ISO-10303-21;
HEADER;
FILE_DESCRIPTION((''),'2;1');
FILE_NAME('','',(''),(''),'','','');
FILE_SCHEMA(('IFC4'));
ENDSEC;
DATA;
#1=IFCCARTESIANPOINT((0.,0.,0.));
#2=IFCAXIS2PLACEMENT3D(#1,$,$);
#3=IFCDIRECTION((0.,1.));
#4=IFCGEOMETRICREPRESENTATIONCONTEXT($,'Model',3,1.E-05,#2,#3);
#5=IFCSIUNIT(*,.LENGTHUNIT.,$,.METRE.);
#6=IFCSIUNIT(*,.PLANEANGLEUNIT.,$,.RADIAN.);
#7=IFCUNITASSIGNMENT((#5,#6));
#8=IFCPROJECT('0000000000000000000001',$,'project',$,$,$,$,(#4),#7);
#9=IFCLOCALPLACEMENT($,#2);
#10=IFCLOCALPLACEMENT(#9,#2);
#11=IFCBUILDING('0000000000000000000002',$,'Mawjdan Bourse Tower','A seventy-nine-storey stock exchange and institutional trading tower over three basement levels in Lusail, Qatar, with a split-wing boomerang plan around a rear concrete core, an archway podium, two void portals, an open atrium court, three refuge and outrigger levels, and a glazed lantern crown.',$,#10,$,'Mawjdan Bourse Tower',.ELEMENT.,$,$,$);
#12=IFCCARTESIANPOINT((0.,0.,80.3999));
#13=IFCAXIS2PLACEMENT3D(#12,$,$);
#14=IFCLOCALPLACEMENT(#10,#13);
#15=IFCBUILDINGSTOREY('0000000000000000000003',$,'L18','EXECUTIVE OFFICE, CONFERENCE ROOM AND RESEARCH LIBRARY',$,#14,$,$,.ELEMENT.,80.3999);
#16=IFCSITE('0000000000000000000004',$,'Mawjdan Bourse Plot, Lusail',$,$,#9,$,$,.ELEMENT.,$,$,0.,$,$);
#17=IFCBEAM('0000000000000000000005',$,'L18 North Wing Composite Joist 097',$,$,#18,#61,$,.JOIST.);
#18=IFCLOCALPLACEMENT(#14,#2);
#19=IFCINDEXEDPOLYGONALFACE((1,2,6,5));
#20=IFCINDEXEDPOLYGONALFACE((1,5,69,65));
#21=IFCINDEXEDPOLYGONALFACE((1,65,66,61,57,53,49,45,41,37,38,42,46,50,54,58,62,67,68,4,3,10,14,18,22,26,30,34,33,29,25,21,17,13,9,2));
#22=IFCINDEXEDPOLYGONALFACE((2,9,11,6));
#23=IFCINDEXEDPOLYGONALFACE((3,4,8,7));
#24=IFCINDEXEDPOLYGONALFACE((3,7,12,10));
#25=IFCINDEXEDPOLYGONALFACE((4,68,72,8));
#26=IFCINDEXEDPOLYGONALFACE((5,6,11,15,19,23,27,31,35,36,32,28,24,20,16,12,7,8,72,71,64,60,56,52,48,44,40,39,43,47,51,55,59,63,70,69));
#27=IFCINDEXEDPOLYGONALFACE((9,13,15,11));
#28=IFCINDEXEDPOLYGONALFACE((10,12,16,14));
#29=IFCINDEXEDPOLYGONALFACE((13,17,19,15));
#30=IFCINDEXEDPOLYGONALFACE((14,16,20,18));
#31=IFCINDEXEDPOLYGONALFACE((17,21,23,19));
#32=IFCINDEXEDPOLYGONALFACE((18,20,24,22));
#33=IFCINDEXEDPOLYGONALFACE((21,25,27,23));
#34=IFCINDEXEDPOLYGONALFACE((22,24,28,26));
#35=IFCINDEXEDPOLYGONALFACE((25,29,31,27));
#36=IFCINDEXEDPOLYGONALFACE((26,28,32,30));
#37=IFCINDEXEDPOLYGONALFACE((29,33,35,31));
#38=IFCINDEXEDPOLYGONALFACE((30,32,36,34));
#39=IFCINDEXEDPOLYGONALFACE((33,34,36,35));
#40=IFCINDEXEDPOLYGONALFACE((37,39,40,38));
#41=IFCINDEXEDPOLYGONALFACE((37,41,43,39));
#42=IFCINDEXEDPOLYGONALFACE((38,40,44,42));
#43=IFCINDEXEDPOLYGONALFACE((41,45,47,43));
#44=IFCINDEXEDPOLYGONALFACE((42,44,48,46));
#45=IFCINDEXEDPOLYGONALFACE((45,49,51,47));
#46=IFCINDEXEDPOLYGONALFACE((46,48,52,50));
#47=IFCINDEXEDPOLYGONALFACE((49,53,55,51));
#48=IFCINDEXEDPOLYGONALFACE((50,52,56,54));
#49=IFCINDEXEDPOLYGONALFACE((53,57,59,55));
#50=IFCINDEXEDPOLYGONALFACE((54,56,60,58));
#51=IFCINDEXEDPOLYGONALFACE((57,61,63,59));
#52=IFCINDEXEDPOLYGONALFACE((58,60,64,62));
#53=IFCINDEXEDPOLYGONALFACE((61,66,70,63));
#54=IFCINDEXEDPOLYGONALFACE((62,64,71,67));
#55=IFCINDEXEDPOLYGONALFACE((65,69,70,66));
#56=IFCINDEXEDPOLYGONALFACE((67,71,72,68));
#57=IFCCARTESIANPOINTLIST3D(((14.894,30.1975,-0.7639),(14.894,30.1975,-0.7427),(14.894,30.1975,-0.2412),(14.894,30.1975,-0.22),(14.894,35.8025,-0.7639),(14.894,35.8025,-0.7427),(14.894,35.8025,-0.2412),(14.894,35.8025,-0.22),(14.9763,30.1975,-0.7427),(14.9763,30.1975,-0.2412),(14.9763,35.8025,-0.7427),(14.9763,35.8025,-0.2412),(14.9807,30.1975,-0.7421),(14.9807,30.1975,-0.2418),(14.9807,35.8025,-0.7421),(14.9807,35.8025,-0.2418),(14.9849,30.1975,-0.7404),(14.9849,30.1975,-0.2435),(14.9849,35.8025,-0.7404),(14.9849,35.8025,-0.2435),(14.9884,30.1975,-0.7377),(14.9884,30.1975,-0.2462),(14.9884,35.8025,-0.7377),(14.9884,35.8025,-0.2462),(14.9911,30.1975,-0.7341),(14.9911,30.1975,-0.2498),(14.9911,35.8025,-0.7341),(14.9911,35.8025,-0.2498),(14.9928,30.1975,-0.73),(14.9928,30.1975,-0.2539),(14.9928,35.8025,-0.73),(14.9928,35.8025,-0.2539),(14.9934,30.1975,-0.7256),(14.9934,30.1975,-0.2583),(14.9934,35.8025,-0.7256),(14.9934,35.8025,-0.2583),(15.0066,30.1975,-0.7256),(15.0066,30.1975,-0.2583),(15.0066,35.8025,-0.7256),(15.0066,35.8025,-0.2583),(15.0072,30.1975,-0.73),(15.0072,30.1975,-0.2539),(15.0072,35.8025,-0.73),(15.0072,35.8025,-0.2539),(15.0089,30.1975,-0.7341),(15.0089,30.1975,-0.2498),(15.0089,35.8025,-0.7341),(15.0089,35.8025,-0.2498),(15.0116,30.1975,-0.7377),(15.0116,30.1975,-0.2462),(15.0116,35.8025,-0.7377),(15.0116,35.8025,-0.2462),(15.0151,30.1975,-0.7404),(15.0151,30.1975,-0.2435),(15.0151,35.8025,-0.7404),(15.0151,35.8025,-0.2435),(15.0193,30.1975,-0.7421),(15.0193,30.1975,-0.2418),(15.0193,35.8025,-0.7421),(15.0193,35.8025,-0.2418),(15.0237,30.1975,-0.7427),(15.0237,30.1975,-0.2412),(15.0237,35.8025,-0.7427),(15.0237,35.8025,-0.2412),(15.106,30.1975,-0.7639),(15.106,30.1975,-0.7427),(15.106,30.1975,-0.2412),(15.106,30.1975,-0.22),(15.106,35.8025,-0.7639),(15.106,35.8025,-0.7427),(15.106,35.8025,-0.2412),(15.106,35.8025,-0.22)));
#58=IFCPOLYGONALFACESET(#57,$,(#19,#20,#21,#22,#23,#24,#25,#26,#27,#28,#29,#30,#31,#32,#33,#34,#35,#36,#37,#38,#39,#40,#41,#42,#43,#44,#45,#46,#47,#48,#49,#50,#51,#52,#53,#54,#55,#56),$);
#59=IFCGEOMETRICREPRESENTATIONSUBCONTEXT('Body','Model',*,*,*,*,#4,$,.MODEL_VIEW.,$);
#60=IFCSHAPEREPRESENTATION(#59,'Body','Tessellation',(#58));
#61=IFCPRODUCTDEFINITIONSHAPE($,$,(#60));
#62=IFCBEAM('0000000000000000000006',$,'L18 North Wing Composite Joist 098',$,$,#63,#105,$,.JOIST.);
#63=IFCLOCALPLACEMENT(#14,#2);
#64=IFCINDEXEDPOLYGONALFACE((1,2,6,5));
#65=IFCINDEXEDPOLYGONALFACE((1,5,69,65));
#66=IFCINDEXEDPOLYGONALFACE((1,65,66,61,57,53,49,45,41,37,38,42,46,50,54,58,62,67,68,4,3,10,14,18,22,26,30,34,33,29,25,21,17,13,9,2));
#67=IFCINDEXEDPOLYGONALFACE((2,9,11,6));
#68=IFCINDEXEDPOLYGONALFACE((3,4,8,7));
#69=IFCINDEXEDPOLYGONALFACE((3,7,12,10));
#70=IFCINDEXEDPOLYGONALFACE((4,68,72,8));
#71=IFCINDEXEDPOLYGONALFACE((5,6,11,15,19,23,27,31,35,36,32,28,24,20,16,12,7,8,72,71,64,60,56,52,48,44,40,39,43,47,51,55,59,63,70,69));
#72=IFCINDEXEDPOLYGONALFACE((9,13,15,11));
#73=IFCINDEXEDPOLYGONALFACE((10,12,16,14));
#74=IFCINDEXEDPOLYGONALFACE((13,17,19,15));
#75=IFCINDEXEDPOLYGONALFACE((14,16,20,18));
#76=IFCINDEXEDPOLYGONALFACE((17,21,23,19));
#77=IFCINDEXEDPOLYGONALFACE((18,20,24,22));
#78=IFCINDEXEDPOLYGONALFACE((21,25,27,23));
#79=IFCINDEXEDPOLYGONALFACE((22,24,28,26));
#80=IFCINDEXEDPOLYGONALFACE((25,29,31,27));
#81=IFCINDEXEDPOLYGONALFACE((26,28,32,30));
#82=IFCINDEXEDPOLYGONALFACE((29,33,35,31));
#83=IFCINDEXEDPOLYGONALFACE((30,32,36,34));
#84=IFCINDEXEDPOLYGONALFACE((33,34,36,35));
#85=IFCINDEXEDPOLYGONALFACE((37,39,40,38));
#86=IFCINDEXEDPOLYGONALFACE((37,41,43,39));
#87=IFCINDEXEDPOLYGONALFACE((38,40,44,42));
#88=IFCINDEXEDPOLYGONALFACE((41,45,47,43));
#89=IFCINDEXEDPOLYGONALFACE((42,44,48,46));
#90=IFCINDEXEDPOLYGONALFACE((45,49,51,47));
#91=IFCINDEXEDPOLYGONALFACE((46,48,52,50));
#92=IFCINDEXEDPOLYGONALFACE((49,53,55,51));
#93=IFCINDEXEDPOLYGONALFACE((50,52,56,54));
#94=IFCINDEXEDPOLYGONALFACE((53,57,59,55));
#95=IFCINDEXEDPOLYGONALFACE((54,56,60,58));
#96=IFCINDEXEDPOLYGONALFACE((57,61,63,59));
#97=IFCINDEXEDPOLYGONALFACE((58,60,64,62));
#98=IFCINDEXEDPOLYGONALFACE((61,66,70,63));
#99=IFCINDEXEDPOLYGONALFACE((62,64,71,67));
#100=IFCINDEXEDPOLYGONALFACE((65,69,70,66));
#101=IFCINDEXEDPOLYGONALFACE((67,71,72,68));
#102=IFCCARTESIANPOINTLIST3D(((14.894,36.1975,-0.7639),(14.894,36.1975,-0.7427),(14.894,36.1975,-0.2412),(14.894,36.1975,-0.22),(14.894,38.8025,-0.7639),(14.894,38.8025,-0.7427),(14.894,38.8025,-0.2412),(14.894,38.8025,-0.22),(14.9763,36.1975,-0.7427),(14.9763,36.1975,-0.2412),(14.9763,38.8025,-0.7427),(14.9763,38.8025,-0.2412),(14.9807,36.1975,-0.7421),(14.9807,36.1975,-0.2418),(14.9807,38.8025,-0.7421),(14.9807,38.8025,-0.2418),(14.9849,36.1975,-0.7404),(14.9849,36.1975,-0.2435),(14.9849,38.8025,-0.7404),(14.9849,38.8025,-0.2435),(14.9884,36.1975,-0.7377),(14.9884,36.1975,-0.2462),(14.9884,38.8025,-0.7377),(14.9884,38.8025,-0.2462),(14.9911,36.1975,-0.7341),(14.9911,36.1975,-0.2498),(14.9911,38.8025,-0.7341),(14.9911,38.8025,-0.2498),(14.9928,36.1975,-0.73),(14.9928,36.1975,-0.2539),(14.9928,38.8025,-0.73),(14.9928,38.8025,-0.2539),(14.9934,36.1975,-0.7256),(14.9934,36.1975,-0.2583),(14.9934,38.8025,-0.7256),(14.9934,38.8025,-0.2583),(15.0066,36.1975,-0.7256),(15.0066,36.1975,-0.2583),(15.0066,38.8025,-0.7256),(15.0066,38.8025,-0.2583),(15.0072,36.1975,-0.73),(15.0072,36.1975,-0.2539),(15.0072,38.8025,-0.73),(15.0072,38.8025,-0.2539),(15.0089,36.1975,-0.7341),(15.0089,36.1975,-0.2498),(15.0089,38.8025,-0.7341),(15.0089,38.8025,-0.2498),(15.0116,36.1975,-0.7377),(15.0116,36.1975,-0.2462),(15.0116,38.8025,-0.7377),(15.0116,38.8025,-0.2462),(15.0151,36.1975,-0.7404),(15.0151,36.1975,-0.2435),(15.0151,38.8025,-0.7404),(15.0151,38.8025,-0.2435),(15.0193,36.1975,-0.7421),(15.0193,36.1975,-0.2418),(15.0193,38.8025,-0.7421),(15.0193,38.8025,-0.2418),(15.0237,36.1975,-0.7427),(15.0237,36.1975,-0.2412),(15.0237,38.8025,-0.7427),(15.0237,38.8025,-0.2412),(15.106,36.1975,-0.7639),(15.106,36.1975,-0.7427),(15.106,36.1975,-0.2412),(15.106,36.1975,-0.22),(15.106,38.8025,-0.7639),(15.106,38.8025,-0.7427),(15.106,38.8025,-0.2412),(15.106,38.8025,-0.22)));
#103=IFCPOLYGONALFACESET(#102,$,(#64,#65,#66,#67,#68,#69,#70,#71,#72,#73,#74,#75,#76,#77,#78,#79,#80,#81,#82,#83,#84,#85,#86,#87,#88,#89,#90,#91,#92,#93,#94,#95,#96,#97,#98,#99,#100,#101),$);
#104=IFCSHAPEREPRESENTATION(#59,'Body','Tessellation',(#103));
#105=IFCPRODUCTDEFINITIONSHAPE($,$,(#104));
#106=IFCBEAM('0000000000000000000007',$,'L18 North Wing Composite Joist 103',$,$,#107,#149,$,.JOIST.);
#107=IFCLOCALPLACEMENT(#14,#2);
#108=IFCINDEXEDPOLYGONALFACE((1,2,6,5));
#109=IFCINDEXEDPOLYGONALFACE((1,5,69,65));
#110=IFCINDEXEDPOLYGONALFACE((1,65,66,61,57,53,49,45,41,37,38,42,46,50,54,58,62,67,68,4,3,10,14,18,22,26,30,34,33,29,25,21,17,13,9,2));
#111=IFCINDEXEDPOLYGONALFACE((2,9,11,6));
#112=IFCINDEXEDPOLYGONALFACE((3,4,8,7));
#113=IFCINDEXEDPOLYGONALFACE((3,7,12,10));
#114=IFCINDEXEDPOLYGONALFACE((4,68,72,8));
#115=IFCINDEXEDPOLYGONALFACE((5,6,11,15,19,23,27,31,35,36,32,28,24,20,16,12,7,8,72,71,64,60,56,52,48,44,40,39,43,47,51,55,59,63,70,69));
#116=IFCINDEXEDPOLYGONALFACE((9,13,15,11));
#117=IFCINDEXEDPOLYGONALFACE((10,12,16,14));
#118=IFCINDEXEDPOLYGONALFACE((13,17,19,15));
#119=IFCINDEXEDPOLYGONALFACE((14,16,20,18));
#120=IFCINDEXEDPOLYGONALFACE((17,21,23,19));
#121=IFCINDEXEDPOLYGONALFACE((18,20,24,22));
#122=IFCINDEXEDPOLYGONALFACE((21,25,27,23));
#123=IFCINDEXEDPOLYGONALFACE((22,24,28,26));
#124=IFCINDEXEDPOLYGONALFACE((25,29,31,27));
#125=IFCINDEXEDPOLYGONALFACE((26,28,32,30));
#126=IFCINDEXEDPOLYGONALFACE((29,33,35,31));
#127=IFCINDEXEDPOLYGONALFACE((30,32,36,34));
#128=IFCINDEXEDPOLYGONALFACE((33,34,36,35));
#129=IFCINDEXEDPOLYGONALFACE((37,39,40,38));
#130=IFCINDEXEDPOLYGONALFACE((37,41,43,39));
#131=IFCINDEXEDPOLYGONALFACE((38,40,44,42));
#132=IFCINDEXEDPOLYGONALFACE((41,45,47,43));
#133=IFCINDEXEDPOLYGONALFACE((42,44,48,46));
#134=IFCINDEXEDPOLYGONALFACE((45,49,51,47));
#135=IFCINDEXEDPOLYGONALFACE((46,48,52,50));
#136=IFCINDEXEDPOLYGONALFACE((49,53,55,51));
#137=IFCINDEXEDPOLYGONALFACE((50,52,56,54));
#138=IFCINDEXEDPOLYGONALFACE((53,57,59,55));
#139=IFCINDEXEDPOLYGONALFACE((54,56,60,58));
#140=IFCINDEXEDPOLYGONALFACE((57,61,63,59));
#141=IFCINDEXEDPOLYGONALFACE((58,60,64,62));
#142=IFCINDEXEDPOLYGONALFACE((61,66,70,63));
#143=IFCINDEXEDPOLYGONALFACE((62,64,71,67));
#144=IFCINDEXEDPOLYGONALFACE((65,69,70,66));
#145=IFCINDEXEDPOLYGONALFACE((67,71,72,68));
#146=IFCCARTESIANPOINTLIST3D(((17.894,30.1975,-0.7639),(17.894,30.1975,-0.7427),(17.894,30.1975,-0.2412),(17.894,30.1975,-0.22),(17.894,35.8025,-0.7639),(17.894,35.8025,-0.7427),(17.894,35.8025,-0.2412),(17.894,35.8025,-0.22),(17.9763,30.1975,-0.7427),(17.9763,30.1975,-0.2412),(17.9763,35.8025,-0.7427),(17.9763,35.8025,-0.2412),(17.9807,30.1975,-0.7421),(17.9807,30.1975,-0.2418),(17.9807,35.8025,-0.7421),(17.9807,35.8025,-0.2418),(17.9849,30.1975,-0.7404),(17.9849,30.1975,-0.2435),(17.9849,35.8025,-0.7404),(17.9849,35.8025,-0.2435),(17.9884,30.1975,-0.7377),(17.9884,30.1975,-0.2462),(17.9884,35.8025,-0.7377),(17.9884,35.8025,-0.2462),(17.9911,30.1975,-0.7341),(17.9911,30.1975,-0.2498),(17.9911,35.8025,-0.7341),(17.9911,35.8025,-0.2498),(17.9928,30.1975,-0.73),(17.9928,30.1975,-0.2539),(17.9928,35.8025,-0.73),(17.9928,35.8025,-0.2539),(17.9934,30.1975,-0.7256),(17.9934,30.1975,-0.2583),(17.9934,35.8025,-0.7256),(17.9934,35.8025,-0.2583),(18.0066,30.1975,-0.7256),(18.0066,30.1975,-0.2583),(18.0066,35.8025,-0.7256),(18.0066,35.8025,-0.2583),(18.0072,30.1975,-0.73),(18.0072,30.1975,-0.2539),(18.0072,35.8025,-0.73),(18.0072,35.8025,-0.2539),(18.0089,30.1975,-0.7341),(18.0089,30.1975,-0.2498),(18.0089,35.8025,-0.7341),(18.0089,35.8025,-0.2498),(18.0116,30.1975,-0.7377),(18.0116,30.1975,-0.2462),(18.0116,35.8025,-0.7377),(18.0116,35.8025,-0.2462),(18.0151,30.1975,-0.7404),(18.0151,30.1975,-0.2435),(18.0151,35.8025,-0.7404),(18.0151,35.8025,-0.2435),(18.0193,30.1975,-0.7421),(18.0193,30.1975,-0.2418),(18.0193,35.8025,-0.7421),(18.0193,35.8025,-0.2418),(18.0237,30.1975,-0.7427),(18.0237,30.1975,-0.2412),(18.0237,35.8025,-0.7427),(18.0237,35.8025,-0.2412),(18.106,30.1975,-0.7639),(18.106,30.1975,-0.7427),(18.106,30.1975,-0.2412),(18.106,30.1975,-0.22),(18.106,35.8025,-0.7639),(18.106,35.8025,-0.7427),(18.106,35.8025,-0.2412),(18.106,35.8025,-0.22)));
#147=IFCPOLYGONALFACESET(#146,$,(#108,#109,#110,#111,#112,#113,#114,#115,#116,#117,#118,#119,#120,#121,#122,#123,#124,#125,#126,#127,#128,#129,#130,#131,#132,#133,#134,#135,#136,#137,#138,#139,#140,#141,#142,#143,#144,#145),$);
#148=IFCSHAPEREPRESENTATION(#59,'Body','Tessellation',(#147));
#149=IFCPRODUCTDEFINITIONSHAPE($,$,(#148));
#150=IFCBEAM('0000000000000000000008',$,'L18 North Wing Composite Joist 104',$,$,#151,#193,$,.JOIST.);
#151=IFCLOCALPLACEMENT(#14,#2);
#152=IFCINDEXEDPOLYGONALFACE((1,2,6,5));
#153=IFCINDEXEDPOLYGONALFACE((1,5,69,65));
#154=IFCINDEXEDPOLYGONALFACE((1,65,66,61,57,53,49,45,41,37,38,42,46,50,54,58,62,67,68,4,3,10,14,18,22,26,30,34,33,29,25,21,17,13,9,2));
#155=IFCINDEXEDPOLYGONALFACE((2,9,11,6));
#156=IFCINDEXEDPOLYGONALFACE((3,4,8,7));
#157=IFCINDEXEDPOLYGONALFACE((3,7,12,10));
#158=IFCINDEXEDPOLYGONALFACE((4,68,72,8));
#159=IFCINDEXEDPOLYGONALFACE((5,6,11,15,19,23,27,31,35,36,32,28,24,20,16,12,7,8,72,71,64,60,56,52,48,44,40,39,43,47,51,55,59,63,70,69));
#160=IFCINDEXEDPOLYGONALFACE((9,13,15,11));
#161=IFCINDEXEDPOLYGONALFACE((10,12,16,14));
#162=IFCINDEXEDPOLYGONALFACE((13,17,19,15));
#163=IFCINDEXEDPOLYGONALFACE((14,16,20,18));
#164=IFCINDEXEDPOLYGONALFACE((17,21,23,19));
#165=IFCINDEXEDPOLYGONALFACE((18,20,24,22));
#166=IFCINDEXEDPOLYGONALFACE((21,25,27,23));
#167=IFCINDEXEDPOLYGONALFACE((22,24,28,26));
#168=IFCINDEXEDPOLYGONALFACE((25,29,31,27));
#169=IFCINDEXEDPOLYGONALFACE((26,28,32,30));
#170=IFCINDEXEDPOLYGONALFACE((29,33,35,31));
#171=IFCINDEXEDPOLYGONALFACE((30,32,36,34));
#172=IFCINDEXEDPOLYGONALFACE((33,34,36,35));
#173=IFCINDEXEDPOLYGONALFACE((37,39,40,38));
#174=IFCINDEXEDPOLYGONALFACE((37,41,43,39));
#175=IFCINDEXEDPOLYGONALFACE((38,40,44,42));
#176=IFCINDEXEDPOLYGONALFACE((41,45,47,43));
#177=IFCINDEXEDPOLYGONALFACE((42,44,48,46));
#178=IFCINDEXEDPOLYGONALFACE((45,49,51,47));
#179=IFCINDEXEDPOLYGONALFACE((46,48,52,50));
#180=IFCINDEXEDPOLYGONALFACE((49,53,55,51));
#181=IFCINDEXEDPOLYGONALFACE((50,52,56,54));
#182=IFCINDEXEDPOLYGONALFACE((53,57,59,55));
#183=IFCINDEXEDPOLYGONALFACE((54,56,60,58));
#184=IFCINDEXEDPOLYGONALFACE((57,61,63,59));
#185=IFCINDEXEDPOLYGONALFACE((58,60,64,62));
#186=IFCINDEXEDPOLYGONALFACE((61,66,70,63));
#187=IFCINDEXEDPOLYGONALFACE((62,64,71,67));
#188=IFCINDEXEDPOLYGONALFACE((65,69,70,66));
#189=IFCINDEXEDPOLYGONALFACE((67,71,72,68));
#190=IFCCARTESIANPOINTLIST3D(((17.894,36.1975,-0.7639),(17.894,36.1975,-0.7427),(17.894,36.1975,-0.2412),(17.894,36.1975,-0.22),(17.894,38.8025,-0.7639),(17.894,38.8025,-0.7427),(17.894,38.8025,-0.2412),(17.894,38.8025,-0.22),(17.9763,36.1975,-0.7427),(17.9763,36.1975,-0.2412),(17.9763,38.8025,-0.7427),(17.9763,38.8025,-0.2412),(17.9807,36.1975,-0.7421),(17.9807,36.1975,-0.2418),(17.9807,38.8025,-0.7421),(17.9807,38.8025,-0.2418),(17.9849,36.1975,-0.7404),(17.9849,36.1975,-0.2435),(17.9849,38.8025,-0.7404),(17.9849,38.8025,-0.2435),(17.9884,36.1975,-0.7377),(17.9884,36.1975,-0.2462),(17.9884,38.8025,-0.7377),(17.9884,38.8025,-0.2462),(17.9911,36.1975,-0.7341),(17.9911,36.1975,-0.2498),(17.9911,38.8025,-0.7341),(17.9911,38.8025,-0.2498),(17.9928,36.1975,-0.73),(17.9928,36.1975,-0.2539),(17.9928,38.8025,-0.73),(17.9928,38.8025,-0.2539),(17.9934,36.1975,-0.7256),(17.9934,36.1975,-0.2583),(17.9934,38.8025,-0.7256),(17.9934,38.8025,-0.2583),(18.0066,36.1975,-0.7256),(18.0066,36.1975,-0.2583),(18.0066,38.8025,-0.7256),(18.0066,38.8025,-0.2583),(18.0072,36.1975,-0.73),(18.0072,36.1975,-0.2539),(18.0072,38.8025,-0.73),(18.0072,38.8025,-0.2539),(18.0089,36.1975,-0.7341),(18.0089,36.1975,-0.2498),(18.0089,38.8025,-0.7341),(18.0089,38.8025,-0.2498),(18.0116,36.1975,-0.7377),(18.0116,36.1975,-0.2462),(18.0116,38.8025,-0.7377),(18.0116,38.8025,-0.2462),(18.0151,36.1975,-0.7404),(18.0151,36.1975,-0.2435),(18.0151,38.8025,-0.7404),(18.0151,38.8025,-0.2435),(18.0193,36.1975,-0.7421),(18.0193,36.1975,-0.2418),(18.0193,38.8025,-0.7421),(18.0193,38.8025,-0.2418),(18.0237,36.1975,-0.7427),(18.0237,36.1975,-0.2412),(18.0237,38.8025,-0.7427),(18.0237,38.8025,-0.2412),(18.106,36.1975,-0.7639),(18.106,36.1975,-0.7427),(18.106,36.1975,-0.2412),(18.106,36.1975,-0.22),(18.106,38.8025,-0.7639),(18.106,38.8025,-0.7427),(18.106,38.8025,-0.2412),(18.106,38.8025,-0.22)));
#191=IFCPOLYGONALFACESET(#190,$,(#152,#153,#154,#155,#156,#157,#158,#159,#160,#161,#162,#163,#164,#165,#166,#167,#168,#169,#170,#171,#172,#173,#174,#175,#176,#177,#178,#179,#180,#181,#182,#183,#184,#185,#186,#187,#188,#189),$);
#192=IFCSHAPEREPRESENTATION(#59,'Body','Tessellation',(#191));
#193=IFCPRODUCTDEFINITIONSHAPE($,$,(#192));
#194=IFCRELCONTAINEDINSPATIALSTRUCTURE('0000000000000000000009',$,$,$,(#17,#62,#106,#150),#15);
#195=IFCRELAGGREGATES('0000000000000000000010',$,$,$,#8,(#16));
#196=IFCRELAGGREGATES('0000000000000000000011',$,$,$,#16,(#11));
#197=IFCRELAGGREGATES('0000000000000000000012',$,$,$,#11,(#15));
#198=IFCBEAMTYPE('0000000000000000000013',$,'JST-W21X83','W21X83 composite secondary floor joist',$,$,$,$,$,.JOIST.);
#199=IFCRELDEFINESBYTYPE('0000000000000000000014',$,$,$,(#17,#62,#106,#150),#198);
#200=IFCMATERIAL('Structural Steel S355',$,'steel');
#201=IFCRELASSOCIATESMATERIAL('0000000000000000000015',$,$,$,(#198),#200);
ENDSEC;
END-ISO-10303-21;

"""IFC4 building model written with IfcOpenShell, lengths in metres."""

from ifc_helpers import new_model, si_unit, direction, frame, origin, origin_2d, place, context, subcontext, project, spatial, i_section, extrude, material, material_profile, profile_set, type_object, element, save


model = new_model("IFC4")

# Units and contexts
model_context = context("Model", 3, precision=1e-05, world=origin(), true_north=direction((0.0, 1.0)))
body_context = subcontext(model_context, "Body", "Model", "MODEL_VIEW")
ifc_project = project(units=[si_unit("LENGTHUNIT", "METRE"), si_unit("PLANEANGLEUNIT", "RADIAN")], contexts=[model_context])

# Site, building, storey
site_placement = place(None, origin())
site = spatial("IfcSite", under=ifc_project, at=site_placement, Name="Mawjdan Bourse Plot, Lusail", CompositionType="ELEMENT", RefElevation=0.0)
building_placement = place(site_placement, origin())
building = spatial("IfcBuilding", under=site, at=building_placement, Name="Mawjdan Bourse Tower", Description="A seventy-nine-storey stock exchange and institutional trading tower over three basement levels in Lusail, Qatar, with a split-wing boomerang plan around a rear concrete core, an archway podium, two void portals, an open atrium court, three refuge and outrigger levels, and a glazed lantern crown.", LongName="Mawjdan Bourse Tower", CompositionType="ELEMENT")
storey_placement = place(building_placement, frame((0.0, 0.0, 80.3999)))
storey = spatial("IfcBuildingStorey", under=building, at=storey_placement, Name="L18", Description="EXECUTIVE OFFICE, CONFERENCE ROOM AND RESEARCH LIBRARY", CompositionType="ELEMENT", Elevation=80.3999)

# Beams
ifc_material_1 = material(Name="Structural Steel S355", Category="steel")
ifc_material_profile_1 = material_profile(ifc_material_1, i_section(OverallWidth=0.2119, OverallDepth=0.5439, WebThickness=0.0132, FlangeThickness=0.0212, FilletRadius=0.0171, at=origin_2d()), Name="W21X83")
ifc_profile_set_1 = profile_set([ifc_material_profile_1], Name="Structural Steel S355")
beam_type_1 = type_object("IfcBeamType", Name="JST-W21X83", Description="W21X83 composite secondary floor joist", PredefinedType="JOIST", material=ifc_profile_set_1)
beam_1_placement = place(storey_placement, frame((15.0, 30.1975, -0.4919), z_axis=(0.0, 1.0, 0.0), x_axis=(-1.0, 0.0, 0.0)))
element("IfcBeam", 1, at=beam_1_placement, inside=storey, type_object=beam_type_1, Name="L18 North Wing Composite Joist 097", PredefinedType="JOIST", context=body_context, shape_type="SweptSolid", body=[
    extrude(i_section(OverallWidth=0.2119, OverallDepth=0.5439, WebThickness=0.0132, FlangeThickness=0.0212, FilletRadius=0.0171, at=origin_2d()), origin(), (0.0, 0.0, 1.0), 5.605),
])
beam_2_placement = place(storey_placement, frame((15.0, 36.1975, -0.4919), z_axis=(0.0, 1.0, 0.0), x_axis=(-1.0, 0.0, 0.0)))
element("IfcBeam", 2, at=beam_2_placement, inside=storey, type_object=beam_type_1, Name="L18 North Wing Composite Joist 098", PredefinedType="JOIST", context=body_context, shape_type="SweptSolid", body=[
    extrude(i_section(OverallWidth=0.2119, OverallDepth=0.5439, WebThickness=0.0132, FlangeThickness=0.0212, FilletRadius=0.0171, at=origin_2d()), origin(), (0.0, 0.0, 1.0), 2.605),
])
beam_3_placement = place(storey_placement, frame((18.0, 30.1975, -0.4919), z_axis=(0.0, 1.0, 0.0), x_axis=(-1.0, 0.0, 0.0)))
element("IfcBeam", 3, at=beam_3_placement, inside=storey, type_object=beam_type_1, Name="L18 North Wing Composite Joist 103", PredefinedType="JOIST", context=body_context, shape_type="SweptSolid", body=[
    extrude(i_section(OverallWidth=0.2119, OverallDepth=0.5439, WebThickness=0.0132, FlangeThickness=0.0212, FilletRadius=0.0171, at=origin_2d()), origin(), (0.0, 0.0, 1.0), 5.605),
])
beam_4_placement = place(storey_placement, frame((18.0, 36.1975, -0.4919), z_axis=(0.0, 1.0, 0.0), x_axis=(-1.0, 0.0, 0.0)))
element("IfcBeam", 4, at=beam_4_placement, inside=storey, type_object=beam_type_1, Name="L18 North Wing Composite Joist 104", PredefinedType="JOIST", context=body_context, shape_type="SweptSolid", body=[
    extrude(i_section(OverallWidth=0.2119, OverallDepth=0.5439, WebThickness=0.0132, FlangeThickness=0.0212, FilletRadius=0.0171, at=origin_2d()), origin(), (0.0, 0.0, 1.0), 2.605),
])

save(model, "model.ifc")
